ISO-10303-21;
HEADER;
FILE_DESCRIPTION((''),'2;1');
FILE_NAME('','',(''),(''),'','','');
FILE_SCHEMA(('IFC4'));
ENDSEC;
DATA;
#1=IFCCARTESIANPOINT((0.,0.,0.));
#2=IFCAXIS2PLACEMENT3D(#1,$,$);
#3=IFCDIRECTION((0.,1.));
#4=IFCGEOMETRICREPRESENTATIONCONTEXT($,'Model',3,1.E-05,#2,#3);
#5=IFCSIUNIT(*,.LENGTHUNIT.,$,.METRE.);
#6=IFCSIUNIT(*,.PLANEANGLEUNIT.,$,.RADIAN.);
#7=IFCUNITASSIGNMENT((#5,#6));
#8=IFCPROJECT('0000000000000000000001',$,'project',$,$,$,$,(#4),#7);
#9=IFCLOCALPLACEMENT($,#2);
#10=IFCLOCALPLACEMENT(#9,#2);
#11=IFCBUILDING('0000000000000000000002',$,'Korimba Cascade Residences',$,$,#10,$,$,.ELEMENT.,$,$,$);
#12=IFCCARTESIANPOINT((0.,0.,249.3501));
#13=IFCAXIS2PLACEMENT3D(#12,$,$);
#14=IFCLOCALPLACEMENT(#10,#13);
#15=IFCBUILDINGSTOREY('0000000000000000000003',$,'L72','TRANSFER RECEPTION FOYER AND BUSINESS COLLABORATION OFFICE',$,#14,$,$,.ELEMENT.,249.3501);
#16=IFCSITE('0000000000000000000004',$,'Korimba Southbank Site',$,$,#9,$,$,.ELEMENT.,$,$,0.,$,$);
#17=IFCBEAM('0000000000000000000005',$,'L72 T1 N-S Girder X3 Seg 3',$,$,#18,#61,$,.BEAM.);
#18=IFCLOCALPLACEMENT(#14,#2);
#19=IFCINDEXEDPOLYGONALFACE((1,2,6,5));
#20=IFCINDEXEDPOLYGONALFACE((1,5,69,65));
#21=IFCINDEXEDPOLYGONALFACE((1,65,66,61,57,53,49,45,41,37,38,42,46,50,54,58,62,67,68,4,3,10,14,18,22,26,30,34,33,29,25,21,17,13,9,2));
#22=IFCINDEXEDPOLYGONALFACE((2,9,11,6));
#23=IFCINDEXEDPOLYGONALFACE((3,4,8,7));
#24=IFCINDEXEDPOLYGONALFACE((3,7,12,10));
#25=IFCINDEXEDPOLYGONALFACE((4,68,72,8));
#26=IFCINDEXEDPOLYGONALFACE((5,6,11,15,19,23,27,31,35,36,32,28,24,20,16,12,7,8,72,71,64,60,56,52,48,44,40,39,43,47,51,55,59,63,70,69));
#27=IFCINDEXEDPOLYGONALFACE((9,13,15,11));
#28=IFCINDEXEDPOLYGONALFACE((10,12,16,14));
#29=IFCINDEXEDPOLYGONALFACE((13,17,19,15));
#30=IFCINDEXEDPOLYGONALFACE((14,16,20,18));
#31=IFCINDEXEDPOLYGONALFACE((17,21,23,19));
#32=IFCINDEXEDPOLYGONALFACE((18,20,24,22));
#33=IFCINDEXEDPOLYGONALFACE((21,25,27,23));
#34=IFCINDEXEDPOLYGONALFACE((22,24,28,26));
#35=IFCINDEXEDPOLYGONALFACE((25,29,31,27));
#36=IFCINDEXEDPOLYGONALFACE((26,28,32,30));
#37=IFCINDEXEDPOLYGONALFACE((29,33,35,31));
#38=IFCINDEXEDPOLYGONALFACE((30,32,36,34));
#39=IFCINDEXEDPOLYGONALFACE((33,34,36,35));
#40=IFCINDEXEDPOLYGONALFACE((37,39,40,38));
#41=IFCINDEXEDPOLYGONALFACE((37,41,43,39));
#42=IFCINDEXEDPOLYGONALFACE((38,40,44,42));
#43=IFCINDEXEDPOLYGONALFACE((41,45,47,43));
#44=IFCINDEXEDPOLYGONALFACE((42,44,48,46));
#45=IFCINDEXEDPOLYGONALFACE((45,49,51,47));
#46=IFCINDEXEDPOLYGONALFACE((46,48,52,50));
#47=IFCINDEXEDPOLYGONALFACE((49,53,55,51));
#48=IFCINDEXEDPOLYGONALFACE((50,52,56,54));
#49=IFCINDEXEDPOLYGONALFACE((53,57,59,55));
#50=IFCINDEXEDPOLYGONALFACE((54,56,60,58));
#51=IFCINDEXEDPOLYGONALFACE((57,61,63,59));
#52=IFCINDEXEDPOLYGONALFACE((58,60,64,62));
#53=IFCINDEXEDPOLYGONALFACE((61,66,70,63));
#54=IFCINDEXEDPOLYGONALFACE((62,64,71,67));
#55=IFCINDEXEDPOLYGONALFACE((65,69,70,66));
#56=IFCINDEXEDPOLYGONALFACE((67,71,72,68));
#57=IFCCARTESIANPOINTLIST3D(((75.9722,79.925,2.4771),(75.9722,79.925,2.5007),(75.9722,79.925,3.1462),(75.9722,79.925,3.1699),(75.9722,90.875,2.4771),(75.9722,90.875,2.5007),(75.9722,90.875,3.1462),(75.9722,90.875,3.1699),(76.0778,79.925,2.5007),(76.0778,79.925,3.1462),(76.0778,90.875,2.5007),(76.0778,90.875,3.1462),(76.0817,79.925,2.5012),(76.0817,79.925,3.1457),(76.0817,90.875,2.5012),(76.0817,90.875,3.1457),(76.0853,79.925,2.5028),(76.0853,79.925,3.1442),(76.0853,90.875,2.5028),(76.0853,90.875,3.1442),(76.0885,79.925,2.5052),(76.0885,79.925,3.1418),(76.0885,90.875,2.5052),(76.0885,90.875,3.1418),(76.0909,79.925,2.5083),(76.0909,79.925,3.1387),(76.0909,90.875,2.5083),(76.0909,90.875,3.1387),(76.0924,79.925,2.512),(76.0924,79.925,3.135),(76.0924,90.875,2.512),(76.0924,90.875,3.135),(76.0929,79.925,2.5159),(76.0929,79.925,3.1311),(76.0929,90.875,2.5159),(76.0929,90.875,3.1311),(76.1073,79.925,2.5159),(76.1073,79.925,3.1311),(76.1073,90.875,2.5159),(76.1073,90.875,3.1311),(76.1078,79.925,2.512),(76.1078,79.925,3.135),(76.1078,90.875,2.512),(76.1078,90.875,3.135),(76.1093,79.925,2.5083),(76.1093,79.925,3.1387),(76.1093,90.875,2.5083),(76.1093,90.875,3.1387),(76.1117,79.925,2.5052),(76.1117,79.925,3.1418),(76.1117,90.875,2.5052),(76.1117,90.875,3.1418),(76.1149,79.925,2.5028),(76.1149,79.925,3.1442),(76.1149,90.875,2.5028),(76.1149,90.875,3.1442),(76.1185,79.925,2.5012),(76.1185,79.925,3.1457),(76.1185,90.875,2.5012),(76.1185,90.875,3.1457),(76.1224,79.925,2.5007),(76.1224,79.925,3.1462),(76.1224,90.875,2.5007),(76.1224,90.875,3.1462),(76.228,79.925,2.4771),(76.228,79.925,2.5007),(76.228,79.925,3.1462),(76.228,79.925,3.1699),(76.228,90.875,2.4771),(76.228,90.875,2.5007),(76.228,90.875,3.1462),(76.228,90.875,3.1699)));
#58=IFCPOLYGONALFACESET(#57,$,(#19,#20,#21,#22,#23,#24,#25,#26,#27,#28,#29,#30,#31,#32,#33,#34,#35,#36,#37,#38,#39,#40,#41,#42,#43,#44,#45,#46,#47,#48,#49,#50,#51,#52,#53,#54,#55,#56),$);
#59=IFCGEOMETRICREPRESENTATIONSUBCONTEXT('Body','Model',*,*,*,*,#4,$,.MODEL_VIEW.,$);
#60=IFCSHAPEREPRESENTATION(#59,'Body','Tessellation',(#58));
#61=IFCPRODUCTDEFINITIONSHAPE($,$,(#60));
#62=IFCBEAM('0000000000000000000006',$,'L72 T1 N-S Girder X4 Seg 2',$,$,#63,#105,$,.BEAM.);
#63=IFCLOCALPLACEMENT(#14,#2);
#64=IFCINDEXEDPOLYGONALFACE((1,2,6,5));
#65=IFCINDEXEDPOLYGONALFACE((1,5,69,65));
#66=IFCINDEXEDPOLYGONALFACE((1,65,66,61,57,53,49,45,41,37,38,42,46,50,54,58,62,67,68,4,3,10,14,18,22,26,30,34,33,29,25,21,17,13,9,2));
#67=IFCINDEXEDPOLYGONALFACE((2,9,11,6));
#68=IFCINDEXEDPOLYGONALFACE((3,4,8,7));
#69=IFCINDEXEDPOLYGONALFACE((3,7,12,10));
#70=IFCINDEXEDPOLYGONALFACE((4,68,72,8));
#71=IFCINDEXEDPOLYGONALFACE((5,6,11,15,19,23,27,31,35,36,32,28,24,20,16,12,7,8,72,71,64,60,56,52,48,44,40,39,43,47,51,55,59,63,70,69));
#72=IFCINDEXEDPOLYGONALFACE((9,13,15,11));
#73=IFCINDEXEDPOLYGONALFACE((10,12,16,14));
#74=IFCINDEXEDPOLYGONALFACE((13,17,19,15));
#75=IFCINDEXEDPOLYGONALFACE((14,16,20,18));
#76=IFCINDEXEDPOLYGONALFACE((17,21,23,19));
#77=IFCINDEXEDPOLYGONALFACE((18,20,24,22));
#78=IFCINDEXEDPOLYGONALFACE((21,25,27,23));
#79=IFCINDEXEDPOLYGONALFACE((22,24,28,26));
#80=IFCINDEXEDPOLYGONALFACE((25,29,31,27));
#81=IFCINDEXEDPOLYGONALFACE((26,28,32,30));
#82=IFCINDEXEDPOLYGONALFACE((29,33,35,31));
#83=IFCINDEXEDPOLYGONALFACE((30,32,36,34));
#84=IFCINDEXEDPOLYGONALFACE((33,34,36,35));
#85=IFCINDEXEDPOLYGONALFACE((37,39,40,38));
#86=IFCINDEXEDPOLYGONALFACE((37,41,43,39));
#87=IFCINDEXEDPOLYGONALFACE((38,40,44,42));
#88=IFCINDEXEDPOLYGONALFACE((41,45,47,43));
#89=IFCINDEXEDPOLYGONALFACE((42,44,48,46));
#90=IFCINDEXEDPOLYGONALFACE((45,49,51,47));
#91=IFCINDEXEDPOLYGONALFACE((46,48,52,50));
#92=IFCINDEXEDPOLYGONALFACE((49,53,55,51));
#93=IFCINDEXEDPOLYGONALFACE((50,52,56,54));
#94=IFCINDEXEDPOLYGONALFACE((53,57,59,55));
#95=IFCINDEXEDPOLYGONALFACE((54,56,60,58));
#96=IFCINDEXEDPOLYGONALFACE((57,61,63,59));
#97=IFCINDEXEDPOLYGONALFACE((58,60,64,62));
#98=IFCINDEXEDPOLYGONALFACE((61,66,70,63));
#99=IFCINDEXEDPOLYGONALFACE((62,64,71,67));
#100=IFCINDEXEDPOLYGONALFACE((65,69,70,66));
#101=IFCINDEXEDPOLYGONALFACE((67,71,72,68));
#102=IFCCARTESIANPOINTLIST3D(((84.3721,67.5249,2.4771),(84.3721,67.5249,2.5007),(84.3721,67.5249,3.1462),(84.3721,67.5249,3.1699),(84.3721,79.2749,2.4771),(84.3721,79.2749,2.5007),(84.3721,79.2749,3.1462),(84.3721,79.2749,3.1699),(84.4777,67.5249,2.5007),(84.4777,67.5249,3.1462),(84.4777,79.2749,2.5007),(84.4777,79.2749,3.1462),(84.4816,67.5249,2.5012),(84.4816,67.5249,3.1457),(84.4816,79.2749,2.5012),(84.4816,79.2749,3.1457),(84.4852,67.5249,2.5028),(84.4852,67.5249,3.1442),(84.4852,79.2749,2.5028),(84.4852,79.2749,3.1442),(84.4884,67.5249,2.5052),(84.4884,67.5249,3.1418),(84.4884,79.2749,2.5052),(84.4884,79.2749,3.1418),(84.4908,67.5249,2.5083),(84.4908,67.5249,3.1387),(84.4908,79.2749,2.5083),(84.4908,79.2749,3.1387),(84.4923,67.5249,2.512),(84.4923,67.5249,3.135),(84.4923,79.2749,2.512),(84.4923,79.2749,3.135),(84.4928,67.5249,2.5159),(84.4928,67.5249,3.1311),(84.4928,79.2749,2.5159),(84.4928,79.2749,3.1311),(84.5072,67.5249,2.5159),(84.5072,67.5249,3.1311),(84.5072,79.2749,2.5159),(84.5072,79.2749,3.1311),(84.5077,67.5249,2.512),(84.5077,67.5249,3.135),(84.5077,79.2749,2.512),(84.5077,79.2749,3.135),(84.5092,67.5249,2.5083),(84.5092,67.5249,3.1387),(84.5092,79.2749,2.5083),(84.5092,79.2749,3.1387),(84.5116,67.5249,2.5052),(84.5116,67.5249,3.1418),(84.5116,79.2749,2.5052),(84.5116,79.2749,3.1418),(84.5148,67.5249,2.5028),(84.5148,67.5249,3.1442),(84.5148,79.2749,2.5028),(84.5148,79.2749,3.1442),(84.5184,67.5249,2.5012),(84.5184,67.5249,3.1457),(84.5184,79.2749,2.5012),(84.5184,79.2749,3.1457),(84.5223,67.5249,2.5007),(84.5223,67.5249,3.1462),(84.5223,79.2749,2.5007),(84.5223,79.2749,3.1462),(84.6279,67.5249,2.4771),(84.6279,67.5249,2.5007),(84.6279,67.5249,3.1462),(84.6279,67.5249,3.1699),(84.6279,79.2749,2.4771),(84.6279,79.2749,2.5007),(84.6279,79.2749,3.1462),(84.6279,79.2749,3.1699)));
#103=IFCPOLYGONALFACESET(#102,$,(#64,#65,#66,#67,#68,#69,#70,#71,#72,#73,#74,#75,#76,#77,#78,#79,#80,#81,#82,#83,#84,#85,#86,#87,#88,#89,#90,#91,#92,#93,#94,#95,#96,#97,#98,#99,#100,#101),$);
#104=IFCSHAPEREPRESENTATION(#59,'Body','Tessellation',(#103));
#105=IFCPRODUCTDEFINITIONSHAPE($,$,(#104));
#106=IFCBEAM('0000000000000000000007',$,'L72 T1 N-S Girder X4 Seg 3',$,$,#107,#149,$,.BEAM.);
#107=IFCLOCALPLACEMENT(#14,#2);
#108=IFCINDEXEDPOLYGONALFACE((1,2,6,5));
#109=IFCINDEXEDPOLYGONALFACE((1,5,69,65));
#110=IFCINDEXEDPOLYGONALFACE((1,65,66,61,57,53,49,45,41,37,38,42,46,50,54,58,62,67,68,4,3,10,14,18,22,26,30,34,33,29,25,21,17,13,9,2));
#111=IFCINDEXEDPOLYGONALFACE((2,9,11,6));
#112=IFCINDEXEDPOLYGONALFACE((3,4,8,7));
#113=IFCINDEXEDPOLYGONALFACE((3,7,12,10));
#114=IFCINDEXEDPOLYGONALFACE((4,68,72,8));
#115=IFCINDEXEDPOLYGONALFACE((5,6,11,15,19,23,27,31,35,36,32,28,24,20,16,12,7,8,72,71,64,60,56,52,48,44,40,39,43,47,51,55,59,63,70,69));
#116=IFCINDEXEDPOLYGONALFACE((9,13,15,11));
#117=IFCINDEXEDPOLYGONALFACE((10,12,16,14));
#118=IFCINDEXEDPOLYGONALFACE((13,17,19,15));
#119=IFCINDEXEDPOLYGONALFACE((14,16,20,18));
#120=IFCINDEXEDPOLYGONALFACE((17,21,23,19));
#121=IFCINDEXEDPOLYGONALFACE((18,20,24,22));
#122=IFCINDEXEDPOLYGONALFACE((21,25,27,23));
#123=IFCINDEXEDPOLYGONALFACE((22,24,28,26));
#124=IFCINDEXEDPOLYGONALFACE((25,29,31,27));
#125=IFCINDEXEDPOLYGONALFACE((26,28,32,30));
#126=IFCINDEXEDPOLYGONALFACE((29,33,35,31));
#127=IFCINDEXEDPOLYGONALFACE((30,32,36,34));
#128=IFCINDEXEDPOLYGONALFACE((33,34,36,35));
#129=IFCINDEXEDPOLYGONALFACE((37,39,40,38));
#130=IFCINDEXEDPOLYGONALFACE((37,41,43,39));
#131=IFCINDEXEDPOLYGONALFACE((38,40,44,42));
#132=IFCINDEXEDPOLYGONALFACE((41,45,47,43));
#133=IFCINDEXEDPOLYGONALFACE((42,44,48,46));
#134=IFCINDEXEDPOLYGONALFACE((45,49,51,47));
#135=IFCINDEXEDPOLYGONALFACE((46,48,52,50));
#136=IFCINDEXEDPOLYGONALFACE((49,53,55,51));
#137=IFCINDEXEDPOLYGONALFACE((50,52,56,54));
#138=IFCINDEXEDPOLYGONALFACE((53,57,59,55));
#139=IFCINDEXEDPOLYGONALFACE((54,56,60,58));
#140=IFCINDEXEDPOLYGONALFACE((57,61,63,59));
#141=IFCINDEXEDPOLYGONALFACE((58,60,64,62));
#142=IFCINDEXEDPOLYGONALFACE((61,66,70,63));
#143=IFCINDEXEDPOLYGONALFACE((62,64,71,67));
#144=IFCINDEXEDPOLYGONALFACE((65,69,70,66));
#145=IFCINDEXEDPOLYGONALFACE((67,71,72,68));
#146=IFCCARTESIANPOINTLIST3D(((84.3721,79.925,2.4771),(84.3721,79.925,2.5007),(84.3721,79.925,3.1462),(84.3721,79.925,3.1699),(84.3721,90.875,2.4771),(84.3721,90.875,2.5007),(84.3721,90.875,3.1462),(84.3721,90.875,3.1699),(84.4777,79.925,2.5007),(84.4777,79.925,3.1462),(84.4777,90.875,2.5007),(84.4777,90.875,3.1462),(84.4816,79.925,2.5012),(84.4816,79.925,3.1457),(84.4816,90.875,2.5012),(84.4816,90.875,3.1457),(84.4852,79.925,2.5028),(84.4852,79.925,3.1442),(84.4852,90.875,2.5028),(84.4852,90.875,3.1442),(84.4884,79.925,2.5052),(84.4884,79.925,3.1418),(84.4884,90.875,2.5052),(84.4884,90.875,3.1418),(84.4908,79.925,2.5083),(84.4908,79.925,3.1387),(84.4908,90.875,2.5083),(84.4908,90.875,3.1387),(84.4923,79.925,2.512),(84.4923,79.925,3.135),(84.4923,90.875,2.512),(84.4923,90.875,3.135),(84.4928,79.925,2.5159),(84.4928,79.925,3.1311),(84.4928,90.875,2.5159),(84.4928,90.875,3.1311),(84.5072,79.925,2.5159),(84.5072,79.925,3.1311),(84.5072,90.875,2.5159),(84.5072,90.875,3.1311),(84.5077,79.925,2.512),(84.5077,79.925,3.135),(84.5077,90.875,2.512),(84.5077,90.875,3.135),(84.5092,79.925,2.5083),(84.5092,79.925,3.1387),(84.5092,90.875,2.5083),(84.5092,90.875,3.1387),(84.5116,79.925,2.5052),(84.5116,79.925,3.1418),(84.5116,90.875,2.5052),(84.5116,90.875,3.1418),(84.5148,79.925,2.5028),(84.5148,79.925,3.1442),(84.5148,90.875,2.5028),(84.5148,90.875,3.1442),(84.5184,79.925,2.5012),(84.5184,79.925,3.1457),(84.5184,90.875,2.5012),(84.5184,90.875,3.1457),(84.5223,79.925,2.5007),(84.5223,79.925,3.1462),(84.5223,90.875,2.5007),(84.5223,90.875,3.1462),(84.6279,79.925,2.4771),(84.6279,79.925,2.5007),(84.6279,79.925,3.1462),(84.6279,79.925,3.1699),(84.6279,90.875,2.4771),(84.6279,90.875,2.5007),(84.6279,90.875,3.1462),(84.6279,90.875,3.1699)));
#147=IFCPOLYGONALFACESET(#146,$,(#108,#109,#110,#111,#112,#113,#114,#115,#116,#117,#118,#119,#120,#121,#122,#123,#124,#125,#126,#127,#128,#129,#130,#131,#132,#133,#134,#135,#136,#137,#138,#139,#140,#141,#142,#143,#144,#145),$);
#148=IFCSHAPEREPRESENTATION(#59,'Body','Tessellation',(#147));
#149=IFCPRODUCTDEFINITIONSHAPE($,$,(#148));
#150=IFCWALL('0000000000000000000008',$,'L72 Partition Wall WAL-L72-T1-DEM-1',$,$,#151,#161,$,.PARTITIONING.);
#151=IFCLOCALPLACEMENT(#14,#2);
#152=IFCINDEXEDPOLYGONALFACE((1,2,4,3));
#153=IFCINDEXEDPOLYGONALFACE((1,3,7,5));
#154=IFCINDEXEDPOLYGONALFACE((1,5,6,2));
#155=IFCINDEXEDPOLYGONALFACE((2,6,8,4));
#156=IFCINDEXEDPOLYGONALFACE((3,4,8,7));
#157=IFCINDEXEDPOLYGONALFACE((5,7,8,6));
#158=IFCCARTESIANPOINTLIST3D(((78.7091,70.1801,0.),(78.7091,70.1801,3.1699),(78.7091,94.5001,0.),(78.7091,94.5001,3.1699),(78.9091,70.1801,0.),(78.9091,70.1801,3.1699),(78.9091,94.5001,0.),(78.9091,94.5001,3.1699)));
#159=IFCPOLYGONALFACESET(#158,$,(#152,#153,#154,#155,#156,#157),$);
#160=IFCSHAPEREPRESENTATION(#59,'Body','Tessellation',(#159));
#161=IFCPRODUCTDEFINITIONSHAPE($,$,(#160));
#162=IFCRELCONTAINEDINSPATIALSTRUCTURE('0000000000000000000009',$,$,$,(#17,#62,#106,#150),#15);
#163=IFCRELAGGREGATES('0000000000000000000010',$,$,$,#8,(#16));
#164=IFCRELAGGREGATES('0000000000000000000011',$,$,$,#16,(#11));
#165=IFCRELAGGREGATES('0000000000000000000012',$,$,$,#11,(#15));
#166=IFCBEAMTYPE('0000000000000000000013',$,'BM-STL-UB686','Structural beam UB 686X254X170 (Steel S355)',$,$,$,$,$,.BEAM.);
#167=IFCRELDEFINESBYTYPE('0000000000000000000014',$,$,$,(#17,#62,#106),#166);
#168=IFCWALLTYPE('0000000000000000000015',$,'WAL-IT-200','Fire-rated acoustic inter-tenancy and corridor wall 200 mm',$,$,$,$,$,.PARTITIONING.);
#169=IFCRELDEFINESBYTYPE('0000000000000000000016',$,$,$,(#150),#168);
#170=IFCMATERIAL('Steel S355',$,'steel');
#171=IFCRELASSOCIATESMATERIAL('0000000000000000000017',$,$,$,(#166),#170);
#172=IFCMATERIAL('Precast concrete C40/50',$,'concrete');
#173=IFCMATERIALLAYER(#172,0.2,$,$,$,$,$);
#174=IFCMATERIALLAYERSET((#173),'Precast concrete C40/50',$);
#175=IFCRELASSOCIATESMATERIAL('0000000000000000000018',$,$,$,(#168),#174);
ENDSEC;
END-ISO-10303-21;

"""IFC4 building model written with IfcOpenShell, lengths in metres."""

from ifc_helpers import new_model, si_unit, direction, frame, frame_2d, origin, origin_2d, place, context, subcontext, project, spatial, rectangle, i_section, extrude, material, layer, layer_set, material_profile, profile_set, type_object, element, save


model = new_model("IFC4")

# Units and contexts
model_context = context("Model", 3, precision=1e-05, world=origin(), true_north=direction((0.0, 1.0)))
body_context = subcontext(model_context, "Body", "Model", "MODEL_VIEW")
ifc_project = project(units=[si_unit("LENGTHUNIT", "METRE"), si_unit("PLANEANGLEUNIT", "RADIAN")], contexts=[model_context])

# Site, building, storey
site_placement = place(None, origin())
site = spatial("IfcSite", under=ifc_project, at=site_placement, Name="Korimba Southbank Site", CompositionType="ELEMENT", RefElevation=0.0)
building_placement = place(site_placement, origin())
building = spatial("IfcBuilding", under=site, at=building_placement, Name="Korimba Cascade Residences", CompositionType="ELEMENT")
storey_placement = place(building_placement, frame((0.0, 0.0, 249.3501)))
storey = spatial("IfcBuildingStorey", under=building, at=storey_placement, Name="L72", Description="TRANSFER RECEPTION FOYER AND BUSINESS COLLABORATION OFFICE", CompositionType="ELEMENT", Elevation=249.3501)

# Beams
ifc_material_1 = material(Name="Steel S355", Category="steel")
ifc_material_profile_1 = material_profile(ifc_material_1, i_section(OverallWidth=0.2559, OverallDepth=0.6929, WebThickness=0.0144, FlangeThickness=0.0237, FilletRadius=0.0151, at=origin_2d()), Name="Steel S355")
ifc_profile_set_1 = profile_set([ifc_material_profile_1], Name="Steel S355")
beam_type_1 = type_object("IfcBeamType", Name="BM-STL-UB686", Description="Structural beam UB 686X254X170 (Steel S355)", PredefinedType="BEAM", material=ifc_profile_set_1)
beam_1_placement = place(storey_placement, frame((76.1001, 79.925, 2.8235), z_axis=(0.0, 1.0, 0.0), x_axis=(-1.0, 0.0, 0.0)))
element("IfcBeam", 1, at=beam_1_placement, inside=storey, type_object=beam_type_1, Name="L72 T1 N-S Girder X3 Seg 3", PredefinedType="BEAM", context=body_context, shape_type="SweptSolid", body=[
    extrude(i_section(OverallWidth=0.2559, OverallDepth=0.6929, WebThickness=0.0144, FlangeThickness=0.0237, FilletRadius=0.0151, at=origin_2d()), origin(), (0.0, 0.0, 1.0), 10.95),
])
beam_2_placement = place(storey_placement, frame((84.5, 67.5249, 2.8235), z_axis=(0.0, 1.0, 0.0), x_axis=(-1.0, 0.0, 0.0)))
element("IfcBeam", 2, at=beam_2_placement, inside=storey, type_object=beam_type_1, Name="L72 T1 N-S Girder X4 Seg 2", PredefinedType="BEAM", context=body_context, shape_type="SweptSolid", body=[
    extrude(i_section(OverallWidth=0.2559, OverallDepth=0.6929, WebThickness=0.0144, FlangeThickness=0.0237, FilletRadius=0.0151, at=origin_2d()), origin(), (0.0, 0.0, 1.0), 11.75),
])
beam_3_placement = place(storey_placement, frame((84.5, 79.925, 2.8235), z_axis=(0.0, 1.0, 0.0), x_axis=(-1.0, 0.0, 0.0)))
element("IfcBeam", 3, at=beam_3_placement, inside=storey, type_object=beam_type_1, Name="L72 T1 N-S Girder X4 Seg 3", PredefinedType="BEAM", context=body_context, shape_type="SweptSolid", body=[
    extrude(i_section(OverallWidth=0.2559, OverallDepth=0.6929, WebThickness=0.0144, FlangeThickness=0.0237, FilletRadius=0.0151, at=origin_2d()), origin(), (0.0, 0.0, 1.0), 10.95),
])

# Wall
ifc_material_2 = material(Name="Precast concrete C40/50", Category="concrete")
ifc_layer_1 = layer(ifc_material_2, 0.2)
ifc_layer_set_1 = layer_set([ifc_layer_1], Name="Precast concrete C40/50")
wall_type_1 = type_object("IfcWallType", Name="WAL-IT-200", Description="Fire-rated acoustic inter-tenancy and corridor wall 200 mm", PredefinedType="PARTITIONING", material=ifc_layer_set_1)
wall_1_placement = place(storey_placement, frame((78.8091, 70.1799, 0.0), z_axis=(0.0, 0.0, 1.0), x_axis=(0.0, 1.0, 0.0)))
element("IfcWall", 4, at=wall_1_placement, inside=storey, type_object=wall_type_1, Name="L72 Partition Wall WAL-L72-T1-DEM-1", PredefinedType="PARTITIONING", context=body_context, shape_type="SweptSolid", body=[
    extrude(rectangle(XDim=24.3201, YDim=0.2, at=frame_2d((12.1602, 0.0))), origin(), (0.0, 0.0, 1.0), 3.1699),
])

save(model, "model.ifc")
